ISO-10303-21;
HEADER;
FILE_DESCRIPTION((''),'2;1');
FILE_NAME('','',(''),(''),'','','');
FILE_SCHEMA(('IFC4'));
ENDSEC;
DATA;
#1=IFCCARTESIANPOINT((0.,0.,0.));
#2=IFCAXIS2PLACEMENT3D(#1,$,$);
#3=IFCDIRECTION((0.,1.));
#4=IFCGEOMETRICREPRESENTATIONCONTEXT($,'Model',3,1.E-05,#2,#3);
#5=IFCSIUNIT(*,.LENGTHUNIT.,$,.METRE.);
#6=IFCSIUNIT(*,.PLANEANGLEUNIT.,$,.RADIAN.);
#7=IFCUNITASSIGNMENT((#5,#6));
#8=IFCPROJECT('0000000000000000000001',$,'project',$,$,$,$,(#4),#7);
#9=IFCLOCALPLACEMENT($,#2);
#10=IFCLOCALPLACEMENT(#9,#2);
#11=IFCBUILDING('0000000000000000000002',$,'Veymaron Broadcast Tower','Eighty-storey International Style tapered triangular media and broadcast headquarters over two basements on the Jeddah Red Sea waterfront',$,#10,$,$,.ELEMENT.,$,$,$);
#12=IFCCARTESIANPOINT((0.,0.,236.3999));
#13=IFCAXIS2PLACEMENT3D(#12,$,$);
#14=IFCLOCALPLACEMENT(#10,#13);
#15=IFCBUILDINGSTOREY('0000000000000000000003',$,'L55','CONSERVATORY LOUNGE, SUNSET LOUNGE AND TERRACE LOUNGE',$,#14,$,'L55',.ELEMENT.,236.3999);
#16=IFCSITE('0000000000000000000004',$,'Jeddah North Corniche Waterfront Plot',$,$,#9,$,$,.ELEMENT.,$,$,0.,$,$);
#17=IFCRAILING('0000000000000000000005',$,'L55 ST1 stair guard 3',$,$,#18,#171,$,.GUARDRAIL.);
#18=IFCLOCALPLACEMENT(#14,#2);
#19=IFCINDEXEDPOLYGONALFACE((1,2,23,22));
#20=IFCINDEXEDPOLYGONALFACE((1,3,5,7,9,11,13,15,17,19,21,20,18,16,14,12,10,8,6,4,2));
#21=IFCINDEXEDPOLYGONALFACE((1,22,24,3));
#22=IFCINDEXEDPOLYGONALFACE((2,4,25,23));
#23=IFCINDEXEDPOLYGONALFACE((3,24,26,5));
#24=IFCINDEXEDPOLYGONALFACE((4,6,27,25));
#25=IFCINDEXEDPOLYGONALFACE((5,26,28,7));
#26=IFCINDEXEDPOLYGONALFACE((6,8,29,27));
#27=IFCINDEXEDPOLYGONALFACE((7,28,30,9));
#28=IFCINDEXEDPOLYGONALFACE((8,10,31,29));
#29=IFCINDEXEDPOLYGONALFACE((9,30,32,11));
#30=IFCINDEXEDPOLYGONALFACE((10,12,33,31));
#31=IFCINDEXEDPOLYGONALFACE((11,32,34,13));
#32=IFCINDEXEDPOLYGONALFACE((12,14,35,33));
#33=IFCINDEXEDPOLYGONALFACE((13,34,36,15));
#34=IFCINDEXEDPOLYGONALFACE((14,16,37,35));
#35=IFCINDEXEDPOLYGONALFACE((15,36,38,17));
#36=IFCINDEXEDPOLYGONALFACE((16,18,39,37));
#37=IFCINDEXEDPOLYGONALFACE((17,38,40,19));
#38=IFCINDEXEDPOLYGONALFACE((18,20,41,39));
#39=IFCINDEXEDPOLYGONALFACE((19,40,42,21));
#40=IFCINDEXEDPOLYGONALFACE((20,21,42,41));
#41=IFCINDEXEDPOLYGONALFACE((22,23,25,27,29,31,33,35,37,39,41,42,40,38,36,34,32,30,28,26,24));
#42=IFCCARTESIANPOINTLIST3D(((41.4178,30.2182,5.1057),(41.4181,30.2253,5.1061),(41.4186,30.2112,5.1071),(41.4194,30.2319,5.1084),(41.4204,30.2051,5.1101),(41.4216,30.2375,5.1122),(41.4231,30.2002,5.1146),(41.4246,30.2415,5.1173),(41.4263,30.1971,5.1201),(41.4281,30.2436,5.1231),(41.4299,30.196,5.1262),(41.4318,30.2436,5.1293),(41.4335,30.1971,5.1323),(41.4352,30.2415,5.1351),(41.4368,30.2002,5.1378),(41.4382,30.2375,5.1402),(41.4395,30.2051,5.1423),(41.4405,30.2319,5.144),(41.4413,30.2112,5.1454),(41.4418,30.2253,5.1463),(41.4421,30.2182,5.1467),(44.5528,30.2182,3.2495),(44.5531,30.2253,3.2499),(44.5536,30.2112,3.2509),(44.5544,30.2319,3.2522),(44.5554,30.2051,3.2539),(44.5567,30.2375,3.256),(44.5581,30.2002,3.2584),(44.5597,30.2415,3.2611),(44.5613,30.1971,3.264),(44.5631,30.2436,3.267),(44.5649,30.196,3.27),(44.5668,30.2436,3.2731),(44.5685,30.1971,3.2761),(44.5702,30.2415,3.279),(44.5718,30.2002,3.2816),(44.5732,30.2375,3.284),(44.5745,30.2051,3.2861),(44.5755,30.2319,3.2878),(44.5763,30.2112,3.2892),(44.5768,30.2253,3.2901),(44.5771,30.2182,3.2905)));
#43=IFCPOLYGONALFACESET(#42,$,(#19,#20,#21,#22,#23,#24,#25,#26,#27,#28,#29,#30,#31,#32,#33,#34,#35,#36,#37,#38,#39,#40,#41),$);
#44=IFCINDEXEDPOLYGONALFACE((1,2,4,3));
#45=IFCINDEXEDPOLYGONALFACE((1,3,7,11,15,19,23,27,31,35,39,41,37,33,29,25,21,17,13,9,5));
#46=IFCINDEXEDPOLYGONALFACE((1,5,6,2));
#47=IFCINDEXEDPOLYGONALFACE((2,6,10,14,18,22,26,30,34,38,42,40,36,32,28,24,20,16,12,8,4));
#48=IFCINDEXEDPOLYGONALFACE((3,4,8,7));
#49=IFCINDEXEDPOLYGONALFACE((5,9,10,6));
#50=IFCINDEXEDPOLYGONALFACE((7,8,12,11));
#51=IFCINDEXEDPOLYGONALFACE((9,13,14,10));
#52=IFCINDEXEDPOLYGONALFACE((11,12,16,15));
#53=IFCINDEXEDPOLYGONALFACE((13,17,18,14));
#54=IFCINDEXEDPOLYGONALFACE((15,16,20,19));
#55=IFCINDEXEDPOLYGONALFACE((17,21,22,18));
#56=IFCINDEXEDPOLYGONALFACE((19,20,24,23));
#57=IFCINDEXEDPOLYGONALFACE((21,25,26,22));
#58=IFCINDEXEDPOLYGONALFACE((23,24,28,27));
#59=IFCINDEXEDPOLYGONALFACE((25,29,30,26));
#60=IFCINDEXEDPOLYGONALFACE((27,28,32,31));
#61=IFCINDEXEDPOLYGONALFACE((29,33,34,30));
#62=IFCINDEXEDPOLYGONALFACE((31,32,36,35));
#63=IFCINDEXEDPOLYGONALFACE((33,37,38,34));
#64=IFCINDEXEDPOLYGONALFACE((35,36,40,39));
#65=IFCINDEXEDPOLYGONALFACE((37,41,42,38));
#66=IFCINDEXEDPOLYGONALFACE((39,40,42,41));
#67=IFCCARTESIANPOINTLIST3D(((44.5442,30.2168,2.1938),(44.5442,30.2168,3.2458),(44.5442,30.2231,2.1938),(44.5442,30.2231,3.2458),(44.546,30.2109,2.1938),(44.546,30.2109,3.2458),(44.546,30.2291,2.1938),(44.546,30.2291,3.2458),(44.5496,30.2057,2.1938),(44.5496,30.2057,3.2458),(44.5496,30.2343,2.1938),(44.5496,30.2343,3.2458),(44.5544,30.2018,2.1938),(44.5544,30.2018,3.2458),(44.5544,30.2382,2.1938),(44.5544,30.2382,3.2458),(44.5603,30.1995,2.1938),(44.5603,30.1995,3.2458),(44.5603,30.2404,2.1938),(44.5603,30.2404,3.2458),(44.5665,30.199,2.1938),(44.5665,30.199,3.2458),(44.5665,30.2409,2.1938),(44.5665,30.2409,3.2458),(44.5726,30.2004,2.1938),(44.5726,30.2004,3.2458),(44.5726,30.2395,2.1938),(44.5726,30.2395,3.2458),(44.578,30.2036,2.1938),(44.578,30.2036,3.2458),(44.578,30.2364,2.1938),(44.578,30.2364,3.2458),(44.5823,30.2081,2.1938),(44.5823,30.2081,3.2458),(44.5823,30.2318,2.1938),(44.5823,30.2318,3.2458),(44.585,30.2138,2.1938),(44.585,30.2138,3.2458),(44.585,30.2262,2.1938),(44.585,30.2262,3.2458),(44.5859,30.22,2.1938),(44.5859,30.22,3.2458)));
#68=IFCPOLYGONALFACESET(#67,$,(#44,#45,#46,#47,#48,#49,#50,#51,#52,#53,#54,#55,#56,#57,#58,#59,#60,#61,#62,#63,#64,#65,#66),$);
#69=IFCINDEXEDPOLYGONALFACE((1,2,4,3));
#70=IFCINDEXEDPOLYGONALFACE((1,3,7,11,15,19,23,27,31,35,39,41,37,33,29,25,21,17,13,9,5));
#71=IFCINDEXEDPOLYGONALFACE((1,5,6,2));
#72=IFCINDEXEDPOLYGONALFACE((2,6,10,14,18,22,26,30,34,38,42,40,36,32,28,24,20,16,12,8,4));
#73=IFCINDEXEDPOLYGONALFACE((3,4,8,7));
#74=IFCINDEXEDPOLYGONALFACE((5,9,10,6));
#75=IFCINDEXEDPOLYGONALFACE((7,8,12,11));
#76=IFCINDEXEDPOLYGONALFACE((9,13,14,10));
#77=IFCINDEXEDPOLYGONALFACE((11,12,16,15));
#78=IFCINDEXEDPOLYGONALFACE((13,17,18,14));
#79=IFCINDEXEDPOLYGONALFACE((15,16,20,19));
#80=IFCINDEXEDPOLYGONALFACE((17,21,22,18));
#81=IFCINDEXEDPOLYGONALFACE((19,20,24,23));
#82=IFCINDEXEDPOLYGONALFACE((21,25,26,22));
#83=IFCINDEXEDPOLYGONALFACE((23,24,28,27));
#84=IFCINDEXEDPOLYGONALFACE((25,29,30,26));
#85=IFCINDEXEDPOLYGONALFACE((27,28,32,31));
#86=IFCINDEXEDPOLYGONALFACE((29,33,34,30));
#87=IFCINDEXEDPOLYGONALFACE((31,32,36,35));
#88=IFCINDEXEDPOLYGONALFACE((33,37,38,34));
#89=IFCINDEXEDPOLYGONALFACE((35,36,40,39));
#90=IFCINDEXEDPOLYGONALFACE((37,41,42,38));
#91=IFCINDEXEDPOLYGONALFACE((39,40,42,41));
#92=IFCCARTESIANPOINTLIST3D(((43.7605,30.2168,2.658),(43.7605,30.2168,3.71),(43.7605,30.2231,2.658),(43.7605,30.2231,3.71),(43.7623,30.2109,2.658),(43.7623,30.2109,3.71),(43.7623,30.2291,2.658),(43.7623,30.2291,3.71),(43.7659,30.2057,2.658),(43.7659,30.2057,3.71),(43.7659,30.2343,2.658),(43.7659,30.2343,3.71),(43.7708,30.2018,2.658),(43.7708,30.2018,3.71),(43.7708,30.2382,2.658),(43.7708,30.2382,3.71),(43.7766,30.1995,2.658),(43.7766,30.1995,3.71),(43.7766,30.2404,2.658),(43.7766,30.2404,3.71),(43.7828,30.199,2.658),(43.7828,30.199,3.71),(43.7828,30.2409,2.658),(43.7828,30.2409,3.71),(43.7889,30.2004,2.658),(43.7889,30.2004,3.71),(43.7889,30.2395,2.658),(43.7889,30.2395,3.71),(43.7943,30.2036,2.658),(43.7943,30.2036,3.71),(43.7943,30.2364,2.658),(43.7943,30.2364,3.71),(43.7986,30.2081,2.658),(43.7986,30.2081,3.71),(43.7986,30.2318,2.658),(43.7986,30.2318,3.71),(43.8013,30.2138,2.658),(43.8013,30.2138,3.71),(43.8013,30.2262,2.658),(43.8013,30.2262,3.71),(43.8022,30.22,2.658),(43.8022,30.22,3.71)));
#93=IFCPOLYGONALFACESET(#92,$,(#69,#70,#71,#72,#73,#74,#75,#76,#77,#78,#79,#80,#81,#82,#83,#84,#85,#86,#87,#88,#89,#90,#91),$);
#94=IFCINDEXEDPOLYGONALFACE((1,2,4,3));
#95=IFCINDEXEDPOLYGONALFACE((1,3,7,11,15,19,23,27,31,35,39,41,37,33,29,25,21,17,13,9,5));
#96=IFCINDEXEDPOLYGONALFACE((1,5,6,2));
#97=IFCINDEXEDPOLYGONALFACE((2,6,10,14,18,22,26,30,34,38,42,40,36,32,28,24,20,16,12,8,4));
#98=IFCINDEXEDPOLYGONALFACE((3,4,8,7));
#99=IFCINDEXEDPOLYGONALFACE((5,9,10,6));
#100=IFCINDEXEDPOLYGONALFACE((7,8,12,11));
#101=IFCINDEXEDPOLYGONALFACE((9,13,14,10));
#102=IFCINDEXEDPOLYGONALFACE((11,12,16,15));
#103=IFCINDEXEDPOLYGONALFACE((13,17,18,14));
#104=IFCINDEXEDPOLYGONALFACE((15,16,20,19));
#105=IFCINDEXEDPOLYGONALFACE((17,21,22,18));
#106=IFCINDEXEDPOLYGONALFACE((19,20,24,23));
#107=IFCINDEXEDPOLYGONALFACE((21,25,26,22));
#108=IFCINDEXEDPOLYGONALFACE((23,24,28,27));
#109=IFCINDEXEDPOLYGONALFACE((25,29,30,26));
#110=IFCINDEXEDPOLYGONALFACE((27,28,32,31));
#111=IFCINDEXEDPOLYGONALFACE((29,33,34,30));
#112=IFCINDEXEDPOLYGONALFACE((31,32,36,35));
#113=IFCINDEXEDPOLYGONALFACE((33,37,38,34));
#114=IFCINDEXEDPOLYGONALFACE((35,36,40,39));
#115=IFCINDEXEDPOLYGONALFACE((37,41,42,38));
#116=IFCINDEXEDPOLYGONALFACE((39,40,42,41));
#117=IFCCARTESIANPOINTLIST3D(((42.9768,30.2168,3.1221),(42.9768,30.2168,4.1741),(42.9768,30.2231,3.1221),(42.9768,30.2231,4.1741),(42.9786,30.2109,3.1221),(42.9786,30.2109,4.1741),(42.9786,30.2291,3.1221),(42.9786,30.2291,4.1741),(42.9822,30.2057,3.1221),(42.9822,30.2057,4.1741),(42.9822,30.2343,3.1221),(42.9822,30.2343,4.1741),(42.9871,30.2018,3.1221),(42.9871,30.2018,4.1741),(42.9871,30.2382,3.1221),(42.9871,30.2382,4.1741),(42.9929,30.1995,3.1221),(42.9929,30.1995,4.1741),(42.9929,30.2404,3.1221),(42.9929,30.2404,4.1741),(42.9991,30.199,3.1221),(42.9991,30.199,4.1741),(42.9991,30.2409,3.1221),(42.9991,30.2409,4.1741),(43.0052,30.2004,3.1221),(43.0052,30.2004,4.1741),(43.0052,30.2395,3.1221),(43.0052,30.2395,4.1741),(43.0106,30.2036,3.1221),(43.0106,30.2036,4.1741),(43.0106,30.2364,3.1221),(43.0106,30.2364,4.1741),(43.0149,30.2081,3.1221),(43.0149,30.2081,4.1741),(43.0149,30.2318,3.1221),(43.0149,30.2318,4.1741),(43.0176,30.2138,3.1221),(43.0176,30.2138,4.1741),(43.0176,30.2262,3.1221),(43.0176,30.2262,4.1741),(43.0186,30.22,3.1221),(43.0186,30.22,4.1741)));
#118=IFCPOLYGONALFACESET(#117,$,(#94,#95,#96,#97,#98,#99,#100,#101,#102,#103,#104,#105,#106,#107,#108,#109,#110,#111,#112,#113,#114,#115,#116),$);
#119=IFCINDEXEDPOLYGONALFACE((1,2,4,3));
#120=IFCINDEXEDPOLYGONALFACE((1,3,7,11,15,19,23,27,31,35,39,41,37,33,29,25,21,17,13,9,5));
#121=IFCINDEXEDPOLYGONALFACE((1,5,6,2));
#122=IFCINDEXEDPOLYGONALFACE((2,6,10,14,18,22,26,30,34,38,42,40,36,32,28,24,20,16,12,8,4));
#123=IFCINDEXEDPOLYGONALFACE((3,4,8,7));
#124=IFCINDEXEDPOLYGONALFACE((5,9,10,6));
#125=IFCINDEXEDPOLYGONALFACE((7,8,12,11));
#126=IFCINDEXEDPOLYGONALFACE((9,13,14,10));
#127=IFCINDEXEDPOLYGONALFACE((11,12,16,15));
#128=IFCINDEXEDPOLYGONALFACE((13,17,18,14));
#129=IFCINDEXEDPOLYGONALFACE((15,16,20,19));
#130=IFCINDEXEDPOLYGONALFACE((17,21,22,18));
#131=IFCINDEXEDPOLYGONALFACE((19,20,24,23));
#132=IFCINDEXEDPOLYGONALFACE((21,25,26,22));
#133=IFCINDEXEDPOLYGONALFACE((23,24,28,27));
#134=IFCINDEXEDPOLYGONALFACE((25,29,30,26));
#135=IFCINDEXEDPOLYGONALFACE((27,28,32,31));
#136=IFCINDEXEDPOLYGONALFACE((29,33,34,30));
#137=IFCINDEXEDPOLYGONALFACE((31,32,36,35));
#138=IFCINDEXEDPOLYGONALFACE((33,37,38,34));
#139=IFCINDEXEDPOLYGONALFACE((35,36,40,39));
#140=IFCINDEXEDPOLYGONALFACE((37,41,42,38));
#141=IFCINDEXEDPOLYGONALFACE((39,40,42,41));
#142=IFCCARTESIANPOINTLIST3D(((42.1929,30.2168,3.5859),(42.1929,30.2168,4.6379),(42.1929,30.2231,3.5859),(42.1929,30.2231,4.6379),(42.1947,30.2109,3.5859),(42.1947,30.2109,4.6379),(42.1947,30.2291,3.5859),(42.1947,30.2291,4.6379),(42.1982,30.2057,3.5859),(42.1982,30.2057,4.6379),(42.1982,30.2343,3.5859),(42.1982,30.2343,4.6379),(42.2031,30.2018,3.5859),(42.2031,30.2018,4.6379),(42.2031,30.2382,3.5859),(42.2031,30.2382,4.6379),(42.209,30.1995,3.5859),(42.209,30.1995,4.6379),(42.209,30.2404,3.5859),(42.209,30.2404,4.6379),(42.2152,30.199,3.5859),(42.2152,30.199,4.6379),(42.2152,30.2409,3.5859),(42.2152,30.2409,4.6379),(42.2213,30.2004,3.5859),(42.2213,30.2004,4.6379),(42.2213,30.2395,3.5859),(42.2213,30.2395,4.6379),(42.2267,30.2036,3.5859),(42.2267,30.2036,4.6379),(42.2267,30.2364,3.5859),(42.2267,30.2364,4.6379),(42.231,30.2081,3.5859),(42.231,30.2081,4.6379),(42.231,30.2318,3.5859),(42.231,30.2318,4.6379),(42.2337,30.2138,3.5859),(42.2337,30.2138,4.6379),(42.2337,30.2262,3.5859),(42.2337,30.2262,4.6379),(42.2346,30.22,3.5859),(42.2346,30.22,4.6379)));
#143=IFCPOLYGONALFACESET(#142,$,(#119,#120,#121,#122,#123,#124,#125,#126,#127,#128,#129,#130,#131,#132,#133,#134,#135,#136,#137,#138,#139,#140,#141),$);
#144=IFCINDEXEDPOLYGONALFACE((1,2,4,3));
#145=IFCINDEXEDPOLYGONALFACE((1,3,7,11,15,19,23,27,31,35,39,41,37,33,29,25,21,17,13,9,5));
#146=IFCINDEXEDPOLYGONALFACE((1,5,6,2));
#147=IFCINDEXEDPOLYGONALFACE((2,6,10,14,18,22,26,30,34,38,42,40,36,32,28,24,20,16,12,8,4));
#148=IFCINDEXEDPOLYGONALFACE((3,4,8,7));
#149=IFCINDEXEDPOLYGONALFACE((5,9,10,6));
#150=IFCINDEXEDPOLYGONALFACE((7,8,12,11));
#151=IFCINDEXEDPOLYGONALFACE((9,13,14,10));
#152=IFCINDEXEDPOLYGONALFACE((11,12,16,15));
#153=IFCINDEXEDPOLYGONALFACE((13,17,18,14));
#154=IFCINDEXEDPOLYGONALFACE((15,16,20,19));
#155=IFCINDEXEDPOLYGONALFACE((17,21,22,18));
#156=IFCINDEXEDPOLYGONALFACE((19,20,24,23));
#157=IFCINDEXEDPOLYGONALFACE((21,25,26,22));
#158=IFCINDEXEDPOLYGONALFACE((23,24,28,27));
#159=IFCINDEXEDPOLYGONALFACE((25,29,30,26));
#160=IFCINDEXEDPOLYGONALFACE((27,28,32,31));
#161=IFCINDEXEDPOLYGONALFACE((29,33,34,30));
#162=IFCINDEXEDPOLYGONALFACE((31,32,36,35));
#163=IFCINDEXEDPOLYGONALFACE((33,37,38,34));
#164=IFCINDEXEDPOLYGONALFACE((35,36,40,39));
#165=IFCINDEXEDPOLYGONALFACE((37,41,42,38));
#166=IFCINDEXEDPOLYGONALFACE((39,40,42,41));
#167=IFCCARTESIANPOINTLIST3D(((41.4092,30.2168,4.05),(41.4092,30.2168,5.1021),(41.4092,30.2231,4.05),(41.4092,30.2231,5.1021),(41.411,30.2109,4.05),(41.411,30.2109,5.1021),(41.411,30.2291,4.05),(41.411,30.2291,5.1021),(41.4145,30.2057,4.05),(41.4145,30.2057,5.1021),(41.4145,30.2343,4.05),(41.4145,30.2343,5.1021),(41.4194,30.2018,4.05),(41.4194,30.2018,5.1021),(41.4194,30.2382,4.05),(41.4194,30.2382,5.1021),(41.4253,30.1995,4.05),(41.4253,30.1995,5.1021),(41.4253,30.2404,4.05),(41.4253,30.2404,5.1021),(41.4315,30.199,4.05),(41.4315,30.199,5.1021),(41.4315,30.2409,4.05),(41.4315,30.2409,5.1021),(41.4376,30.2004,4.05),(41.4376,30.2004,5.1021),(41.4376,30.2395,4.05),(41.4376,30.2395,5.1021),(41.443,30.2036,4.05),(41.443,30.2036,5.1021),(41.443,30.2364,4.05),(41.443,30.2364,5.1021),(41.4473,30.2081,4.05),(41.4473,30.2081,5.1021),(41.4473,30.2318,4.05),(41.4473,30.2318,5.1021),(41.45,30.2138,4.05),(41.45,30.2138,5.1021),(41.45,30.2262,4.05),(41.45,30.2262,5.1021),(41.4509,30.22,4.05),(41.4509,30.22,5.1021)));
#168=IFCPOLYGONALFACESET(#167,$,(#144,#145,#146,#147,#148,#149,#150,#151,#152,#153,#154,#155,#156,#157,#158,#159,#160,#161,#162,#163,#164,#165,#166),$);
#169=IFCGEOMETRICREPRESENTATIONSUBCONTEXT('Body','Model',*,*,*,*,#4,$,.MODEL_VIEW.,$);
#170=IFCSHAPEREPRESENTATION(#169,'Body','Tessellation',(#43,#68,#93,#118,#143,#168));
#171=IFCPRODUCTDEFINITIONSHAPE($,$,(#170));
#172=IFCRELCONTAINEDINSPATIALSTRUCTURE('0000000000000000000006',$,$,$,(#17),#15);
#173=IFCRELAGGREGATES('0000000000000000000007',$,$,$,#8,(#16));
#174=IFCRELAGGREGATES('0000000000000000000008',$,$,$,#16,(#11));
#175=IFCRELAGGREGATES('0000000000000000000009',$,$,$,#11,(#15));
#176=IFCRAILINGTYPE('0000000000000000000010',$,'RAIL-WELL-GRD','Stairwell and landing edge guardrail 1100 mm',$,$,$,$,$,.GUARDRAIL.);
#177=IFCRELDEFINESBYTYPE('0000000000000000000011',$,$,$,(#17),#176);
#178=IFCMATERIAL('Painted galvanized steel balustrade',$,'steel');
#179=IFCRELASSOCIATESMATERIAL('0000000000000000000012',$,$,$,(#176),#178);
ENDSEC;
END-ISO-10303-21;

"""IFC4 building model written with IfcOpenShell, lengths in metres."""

from ifc_helpers import new_model, si_unit, direction, frame, origin, origin_2d, place, context, subcontext, project, spatial, circle, extrude, material, type_object, element, save


model = new_model("IFC4")

# Units and contexts
model_context = context("Model", 3, precision=1e-05, world=origin(), true_north=direction((0.0, 1.0)))
body_context = subcontext(model_context, "Body", "Model", "MODEL_VIEW")
ifc_project = project(units=[si_unit("LENGTHUNIT", "METRE"), si_unit("PLANEANGLEUNIT", "RADIAN")], contexts=[model_context])

# Site, building, storey
site_placement = place(None, origin())
site = spatial("IfcSite", under=ifc_project, at=site_placement, Name="Jeddah North Corniche Waterfront Plot", CompositionType="ELEMENT", RefElevation=0.0)
building_placement = place(site_placement, origin())
building = spatial("IfcBuilding", under=site, at=building_placement, Name="Veymaron Broadcast Tower", Description="Eighty-storey International Style tapered triangular media and broadcast headquarters over two basements on the Jeddah Red Sea waterfront", CompositionType="ELEMENT")
storey_placement = place(building_placement, frame((0.0, 0.0, 236.3999)))
storey = spatial("IfcBuildingStorey", under=building, at=storey_placement, Name="L55", Description="CONSERVATORY LOUNGE, SUNSET LOUNGE AND TERRACE LOUNGE", LongName="L55", CompositionType="ELEMENT", Elevation=236.3999)

# Railing
ifc_material_1 = material(Name="Painted galvanized steel balustrade", Category="steel")
railing_type_1 = type_object("IfcRailingType", Name="RAIL-WELL-GRD", Description="Stairwell and landing edge guardrail 1100 mm", PredefinedType="GUARDRAIL", material=ifc_material_1)
railing_1_placement = place(storey_placement, frame((44.5649, 30.22, 2.1938)))
element("IfcRailing", 1, at=railing_1_placement, inside=storey, type_object=railing_type_1, Name="L55 ST1 stair guard 3", PredefinedType="GUARDRAIL", context=body_context, shape_type="SweptSolid", body=[
    extrude(circle(Radius=0.0239, at=origin_2d()), frame((0.0, 0.0, 1.0762), z_axis=(-0.860482, 0.0, 0.509481), x_axis=(0.0, -1.0, 0.0)), (0.0, 0.0, 1.0), 3.6433),
    extrude(circle(Radius=0.021, at=origin_2d()), origin(), (0.0, 0.0, 1.0), 1.052),
    extrude(circle(Radius=0.021, at=origin_2d()), frame((-0.7837, 0.0, 0.4641)), (0.0, 0.0, 1.0), 1.052),
    extrude(circle(Radius=0.021, at=origin_2d()), frame((-1.5674, 0.0, 0.9282)), (0.0, 0.0, 1.0), 1.052),
    extrude(circle(Radius=0.021, at=origin_2d()), frame((-2.3513, 0.0, 1.3921)), (0.0, 0.0, 1.0), 1.052),
    extrude(circle(Radius=0.021, at=origin_2d()), frame((-3.135, 0.0, 1.8562)), (0.0, 0.0, 1.0), 1.052),
])

save(model, "model.ifc")
